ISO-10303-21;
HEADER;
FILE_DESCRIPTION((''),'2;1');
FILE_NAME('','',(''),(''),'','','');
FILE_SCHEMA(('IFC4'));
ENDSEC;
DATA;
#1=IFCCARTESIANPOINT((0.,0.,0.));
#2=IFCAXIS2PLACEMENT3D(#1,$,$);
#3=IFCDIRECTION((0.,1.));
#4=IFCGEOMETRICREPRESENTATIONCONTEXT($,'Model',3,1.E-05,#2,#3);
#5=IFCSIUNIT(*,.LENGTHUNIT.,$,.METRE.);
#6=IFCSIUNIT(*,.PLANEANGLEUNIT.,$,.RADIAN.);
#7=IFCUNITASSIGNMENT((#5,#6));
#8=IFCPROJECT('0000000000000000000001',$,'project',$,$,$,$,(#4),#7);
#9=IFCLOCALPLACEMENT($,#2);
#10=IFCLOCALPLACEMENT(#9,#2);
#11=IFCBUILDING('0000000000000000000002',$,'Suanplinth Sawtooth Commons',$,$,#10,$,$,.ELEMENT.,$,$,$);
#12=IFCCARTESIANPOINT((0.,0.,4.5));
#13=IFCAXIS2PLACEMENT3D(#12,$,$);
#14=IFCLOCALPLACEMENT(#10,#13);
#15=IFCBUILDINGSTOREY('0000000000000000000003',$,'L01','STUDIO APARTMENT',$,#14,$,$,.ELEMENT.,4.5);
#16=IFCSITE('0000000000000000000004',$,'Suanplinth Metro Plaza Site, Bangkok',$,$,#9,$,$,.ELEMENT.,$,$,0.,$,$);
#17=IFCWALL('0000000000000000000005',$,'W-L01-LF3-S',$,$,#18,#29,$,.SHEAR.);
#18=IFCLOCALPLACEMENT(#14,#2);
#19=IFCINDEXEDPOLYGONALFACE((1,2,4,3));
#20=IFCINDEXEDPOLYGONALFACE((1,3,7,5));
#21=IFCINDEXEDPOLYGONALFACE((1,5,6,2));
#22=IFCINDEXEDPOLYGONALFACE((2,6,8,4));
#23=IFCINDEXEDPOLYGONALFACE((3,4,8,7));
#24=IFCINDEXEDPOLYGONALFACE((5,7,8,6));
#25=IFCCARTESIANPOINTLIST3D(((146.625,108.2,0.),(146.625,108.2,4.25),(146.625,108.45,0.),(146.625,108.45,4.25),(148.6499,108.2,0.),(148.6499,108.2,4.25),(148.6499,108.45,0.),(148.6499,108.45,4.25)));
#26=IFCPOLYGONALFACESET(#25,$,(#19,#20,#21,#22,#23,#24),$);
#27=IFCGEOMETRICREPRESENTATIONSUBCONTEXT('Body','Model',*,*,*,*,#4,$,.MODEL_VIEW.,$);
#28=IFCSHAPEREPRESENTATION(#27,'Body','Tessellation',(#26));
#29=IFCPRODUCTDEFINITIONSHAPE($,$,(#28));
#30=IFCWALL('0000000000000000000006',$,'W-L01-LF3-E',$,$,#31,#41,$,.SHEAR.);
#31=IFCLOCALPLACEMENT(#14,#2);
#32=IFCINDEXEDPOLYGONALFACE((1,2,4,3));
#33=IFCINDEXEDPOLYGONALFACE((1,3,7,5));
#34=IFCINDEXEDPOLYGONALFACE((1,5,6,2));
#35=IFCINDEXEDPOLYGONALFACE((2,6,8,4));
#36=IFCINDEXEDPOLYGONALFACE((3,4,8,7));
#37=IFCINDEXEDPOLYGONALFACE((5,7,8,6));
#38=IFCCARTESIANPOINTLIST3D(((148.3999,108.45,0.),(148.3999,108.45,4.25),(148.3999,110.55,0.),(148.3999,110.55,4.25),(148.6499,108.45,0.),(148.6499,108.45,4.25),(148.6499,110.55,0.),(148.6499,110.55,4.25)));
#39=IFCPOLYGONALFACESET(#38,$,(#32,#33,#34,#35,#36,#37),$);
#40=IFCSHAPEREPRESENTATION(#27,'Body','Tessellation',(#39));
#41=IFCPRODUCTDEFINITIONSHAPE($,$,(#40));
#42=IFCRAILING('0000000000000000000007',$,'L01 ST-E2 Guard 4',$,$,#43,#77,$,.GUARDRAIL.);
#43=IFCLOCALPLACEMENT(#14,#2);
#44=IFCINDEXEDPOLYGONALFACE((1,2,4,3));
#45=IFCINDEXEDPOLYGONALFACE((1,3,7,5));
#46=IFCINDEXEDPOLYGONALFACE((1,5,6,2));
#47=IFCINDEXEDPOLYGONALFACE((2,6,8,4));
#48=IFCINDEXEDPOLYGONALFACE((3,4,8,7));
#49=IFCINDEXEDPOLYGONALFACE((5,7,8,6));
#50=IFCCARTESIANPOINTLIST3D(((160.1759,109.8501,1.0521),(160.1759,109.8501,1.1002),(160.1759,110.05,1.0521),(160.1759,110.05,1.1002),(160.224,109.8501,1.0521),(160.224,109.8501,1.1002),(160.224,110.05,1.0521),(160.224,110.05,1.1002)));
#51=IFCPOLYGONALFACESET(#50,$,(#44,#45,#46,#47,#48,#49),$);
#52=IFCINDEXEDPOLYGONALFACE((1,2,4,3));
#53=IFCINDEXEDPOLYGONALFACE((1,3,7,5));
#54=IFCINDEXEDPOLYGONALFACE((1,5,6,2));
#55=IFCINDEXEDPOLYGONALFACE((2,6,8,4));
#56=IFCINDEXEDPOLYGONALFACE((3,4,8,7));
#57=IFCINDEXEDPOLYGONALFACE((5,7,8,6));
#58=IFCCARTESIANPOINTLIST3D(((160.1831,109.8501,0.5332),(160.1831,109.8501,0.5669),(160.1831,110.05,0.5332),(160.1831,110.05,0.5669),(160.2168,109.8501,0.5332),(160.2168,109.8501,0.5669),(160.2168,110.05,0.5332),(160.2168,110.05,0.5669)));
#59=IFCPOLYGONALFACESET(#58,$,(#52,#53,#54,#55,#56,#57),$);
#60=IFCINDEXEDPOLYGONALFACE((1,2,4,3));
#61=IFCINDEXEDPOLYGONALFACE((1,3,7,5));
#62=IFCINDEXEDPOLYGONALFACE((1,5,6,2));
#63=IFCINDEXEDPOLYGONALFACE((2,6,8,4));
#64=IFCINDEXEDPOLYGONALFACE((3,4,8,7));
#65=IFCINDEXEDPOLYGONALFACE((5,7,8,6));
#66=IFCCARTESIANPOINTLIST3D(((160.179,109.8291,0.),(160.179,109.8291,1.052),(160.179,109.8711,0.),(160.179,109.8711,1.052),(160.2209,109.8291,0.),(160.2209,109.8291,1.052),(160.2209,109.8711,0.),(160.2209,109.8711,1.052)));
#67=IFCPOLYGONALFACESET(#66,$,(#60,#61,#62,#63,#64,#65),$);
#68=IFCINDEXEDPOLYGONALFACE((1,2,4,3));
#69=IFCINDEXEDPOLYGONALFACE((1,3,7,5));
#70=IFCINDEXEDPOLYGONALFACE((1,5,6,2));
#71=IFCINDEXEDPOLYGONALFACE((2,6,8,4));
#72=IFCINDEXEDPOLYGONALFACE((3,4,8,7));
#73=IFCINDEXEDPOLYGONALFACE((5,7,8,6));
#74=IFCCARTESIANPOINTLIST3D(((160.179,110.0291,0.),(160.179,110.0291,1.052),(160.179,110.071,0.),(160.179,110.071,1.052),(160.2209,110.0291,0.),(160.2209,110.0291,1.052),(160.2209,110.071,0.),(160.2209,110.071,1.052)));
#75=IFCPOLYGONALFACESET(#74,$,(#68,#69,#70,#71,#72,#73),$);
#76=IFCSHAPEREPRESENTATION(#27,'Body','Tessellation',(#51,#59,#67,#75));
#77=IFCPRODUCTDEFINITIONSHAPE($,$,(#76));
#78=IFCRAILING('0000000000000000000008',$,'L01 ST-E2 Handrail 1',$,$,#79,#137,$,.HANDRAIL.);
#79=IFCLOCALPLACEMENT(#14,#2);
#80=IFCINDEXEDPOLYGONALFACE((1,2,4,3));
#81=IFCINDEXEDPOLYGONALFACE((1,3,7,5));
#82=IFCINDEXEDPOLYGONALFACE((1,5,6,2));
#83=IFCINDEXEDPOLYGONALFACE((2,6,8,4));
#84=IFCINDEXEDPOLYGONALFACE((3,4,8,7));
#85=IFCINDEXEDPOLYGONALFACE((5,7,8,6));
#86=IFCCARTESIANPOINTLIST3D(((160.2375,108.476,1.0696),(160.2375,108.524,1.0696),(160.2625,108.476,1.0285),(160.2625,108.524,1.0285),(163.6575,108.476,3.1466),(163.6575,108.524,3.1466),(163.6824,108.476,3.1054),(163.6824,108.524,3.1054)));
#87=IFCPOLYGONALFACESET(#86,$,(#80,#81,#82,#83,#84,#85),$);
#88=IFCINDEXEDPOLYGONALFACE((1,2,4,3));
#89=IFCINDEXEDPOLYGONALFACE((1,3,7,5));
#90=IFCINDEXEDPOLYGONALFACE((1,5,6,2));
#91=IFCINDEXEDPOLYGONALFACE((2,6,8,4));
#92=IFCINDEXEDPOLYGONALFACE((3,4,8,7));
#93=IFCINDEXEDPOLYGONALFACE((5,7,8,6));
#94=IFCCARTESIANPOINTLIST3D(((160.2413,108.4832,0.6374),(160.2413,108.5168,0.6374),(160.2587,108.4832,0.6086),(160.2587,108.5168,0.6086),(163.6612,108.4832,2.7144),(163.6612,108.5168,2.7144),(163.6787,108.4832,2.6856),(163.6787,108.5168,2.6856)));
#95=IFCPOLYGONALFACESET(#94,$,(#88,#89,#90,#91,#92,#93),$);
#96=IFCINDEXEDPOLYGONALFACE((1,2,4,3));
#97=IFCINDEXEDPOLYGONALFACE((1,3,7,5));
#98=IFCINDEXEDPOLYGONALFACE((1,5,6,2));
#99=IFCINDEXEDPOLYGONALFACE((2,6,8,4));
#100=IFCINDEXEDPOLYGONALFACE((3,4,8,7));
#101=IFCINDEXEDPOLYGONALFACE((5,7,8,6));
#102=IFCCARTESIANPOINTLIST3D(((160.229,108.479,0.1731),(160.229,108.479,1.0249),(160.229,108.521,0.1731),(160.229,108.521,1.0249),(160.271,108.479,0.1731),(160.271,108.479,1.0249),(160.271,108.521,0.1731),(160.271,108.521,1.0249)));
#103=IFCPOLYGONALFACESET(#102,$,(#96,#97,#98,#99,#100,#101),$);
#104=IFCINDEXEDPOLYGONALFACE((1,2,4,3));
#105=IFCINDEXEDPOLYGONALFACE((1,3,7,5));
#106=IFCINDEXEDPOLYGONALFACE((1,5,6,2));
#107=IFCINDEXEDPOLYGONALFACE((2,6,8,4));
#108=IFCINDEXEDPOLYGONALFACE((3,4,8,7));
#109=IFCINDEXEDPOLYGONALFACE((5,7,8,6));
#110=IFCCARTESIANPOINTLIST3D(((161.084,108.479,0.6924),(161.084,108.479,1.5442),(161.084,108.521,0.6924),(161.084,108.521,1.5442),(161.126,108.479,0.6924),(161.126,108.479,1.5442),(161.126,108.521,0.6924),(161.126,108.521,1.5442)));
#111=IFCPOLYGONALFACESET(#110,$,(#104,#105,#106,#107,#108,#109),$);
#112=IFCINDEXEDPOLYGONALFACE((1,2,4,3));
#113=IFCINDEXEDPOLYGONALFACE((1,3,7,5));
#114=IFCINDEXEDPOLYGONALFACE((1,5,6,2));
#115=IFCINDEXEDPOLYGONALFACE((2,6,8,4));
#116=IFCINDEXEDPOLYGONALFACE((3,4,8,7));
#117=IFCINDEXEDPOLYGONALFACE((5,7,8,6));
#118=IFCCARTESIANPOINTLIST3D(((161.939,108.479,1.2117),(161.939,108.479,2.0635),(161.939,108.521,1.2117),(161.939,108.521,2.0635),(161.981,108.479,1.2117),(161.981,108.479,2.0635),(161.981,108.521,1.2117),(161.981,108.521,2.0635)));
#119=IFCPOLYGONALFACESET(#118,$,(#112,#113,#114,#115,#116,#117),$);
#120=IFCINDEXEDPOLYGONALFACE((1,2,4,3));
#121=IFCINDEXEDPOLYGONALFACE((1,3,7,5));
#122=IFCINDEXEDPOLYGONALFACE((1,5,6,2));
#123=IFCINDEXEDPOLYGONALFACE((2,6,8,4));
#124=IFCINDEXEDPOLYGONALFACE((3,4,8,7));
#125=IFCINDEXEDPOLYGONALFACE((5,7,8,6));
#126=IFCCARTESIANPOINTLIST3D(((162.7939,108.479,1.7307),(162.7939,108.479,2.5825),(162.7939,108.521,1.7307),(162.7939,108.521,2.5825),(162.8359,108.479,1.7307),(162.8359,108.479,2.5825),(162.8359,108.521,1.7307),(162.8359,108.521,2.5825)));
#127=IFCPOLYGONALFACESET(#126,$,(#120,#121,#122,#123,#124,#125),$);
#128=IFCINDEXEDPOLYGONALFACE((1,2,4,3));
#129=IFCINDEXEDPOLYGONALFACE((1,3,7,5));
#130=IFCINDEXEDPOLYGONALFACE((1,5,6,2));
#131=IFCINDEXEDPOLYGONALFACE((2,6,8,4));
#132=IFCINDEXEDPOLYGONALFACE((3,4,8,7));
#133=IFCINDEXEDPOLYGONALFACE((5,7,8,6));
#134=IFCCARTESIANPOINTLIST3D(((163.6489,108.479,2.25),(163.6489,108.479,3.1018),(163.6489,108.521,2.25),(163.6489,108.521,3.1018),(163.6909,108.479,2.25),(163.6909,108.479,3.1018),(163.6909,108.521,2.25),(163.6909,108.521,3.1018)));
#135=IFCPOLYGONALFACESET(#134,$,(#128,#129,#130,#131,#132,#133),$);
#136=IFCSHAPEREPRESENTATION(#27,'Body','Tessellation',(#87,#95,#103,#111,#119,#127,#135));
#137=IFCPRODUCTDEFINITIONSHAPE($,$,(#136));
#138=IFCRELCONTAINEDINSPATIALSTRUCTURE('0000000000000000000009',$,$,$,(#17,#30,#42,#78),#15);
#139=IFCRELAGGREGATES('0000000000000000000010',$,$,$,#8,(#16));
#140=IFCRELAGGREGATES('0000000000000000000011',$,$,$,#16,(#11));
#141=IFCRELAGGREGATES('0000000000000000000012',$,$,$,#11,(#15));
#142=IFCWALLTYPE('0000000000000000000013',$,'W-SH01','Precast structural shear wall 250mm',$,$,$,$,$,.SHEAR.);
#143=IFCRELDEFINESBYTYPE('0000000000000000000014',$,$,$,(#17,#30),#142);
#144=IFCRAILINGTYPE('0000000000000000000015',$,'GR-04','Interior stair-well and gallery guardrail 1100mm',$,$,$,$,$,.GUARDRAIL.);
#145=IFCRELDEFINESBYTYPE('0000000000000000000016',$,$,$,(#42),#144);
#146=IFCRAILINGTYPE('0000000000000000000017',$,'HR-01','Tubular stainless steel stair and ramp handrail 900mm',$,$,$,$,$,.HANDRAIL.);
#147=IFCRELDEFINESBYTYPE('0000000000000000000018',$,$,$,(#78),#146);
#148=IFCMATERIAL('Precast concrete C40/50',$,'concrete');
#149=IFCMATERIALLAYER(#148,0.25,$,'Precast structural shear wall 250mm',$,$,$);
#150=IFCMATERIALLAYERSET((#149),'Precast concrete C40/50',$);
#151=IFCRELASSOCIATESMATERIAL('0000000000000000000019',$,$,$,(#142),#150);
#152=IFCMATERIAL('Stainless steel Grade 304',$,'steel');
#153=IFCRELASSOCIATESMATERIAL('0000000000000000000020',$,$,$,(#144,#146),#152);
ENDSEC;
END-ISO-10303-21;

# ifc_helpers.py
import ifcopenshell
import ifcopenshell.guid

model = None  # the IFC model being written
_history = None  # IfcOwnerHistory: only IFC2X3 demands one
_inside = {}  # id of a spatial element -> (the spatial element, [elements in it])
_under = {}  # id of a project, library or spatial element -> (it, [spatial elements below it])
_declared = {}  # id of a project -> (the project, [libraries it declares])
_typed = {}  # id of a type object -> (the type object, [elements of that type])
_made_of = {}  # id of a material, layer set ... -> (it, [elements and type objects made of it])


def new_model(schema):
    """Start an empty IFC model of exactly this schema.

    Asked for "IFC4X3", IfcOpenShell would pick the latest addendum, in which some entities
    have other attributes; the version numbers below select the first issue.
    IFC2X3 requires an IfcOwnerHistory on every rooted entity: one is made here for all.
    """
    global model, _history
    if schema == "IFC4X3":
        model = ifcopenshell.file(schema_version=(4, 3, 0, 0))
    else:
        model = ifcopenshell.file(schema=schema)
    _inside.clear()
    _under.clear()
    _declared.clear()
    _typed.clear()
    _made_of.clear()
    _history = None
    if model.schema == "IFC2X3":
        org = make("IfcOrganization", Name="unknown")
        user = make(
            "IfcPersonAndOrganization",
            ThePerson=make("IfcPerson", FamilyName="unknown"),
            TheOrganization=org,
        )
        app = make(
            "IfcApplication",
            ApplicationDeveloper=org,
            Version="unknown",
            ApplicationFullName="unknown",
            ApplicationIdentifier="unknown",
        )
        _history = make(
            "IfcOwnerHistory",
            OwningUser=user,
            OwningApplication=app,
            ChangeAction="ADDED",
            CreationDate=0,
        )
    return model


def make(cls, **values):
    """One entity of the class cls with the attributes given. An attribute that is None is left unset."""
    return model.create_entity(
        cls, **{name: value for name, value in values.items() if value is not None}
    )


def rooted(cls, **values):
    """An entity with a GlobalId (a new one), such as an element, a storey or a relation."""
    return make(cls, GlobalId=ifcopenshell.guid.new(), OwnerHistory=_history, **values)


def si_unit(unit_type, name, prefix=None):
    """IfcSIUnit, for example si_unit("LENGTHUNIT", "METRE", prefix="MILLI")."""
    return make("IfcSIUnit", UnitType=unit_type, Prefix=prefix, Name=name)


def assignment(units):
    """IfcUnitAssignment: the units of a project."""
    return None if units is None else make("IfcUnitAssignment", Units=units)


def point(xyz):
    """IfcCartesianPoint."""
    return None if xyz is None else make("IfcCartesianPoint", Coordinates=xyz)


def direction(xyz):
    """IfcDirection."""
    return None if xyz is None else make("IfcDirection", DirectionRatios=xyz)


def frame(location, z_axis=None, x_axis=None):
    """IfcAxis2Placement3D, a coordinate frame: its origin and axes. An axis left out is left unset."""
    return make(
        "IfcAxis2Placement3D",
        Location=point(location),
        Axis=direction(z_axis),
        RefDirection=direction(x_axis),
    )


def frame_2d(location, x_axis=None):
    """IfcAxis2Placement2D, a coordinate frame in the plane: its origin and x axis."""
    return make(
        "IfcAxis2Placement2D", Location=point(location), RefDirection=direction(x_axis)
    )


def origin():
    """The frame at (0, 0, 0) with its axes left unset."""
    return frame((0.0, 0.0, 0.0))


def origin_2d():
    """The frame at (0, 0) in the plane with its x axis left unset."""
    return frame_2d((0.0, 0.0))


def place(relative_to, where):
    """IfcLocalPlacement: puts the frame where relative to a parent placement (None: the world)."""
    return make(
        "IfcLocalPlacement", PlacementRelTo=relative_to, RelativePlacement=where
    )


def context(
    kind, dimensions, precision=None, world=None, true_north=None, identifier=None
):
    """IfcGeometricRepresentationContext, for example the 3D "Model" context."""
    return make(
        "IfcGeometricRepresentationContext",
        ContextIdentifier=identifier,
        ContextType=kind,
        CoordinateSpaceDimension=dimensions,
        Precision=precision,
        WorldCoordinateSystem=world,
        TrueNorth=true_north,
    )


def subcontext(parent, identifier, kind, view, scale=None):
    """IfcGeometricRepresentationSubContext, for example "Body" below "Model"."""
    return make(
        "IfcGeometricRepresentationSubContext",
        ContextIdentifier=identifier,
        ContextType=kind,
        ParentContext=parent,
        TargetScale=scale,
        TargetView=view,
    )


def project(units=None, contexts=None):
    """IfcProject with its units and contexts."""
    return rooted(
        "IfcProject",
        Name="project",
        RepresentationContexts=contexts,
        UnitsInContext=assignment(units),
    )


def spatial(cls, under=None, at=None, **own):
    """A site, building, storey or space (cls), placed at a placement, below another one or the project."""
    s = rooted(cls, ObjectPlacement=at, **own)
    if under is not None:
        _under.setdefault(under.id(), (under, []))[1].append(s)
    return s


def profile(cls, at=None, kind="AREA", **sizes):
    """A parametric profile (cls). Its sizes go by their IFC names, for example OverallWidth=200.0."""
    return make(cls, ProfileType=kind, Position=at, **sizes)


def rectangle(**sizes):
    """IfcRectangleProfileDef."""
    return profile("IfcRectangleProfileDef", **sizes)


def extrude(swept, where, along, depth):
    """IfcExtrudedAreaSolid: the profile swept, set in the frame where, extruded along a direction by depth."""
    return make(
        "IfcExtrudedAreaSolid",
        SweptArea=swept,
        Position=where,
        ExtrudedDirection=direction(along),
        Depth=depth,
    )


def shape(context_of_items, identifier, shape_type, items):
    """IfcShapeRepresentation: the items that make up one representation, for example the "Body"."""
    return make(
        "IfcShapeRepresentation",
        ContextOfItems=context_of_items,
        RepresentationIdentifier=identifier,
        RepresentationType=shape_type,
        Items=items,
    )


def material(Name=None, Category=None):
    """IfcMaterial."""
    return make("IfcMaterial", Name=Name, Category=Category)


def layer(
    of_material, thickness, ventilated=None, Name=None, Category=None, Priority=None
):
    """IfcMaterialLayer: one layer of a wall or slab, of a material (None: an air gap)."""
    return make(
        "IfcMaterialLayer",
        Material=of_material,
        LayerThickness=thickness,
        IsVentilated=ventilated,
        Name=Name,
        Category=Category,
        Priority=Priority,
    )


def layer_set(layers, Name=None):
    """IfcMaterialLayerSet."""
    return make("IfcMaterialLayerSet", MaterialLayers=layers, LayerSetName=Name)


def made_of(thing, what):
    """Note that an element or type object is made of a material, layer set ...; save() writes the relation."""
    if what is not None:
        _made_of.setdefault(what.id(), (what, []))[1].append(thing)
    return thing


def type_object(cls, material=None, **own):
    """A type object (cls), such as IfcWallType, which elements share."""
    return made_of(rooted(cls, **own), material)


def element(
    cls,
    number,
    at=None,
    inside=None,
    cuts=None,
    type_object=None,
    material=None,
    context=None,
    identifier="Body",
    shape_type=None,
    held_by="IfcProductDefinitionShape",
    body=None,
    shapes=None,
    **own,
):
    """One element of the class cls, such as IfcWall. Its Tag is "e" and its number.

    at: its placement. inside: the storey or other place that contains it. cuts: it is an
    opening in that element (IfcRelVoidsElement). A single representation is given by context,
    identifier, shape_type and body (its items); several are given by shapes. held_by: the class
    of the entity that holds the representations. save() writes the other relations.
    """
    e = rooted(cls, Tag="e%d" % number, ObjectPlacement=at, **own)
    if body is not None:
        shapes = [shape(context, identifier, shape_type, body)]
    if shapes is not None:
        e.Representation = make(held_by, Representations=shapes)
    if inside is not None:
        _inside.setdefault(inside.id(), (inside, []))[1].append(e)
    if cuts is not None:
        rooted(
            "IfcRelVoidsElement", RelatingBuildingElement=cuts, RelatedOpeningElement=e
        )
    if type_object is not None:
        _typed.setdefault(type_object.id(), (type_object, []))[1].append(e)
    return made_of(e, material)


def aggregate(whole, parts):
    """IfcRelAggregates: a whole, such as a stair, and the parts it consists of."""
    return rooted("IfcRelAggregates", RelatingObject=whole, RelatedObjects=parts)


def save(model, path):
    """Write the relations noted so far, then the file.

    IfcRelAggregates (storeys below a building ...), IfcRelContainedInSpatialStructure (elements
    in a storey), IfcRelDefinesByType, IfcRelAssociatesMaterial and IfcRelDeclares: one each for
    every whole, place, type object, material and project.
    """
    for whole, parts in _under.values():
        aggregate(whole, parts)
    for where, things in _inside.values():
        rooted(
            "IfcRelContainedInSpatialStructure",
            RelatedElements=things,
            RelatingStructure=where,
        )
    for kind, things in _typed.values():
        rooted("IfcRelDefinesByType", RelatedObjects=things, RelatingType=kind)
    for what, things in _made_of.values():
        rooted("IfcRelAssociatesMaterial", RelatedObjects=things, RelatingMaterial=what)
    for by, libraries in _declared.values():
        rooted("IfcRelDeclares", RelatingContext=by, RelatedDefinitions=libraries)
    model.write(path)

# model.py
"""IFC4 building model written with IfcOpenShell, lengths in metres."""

from ifc_helpers import new_model, si_unit, direction, frame, frame_2d, origin, origin_2d, place, context, subcontext, project, spatial, rectangle, extrude, material, layer, layer_set, type_object, element, save


model = new_model("IFC4")

# Units and contexts
model_context = context("Model", 3, precision=1e-05, world=origin(), true_north=direction((0.0, 1.0)))
body_context = subcontext(model_context, "Body", "Model", "MODEL_VIEW")
ifc_project = project(units=[si_unit("LENGTHUNIT", "METRE"), si_unit("PLANEANGLEUNIT", "RADIAN")], contexts=[model_context])

# Site, building, storey
site_placement = place(None, origin())
site = spatial("IfcSite", under=ifc_project, at=site_placement, Name="Suanplinth Metro Plaza Site, Bangkok", CompositionType="ELEMENT", RefElevation=0.0)
building_placement = place(site_placement, origin())
building = spatial("IfcBuilding", under=site, at=building_placement, Name="Suanplinth Sawtooth Commons", CompositionType="ELEMENT")
storey_placement = place(building_placement, frame((0.0, 0.0, 4.5)))
storey = spatial("IfcBuildingStorey", under=building, at=storey_placement, Name="L01", Description="STUDIO APARTMENT", CompositionType="ELEMENT", Elevation=4.5)

# Shared definitions
ifc_material_1 = material(Name="Precast concrete C40/50", Category="concrete")

# Wall
ifc_layer_1 = layer(ifc_material_1, 0.25, Name="Precast structural shear wall 250mm")
ifc_layer_set_1 = layer_set([ifc_layer_1], Name="Precast concrete C40/50")
wall_type_1 = type_object("IfcWallType", Name="W-SH01", Description="Precast structural shear wall 250mm", PredefinedType="SHEAR", material=ifc_layer_set_1)
wall_1_placement = place(storey_placement, frame((146.625, 108.325, 0.0), z_axis=(0.0, 0.0, 1.0), x_axis=(1.0, 0.0, 0.0)))
element("IfcWall", 1, at=wall_1_placement, inside=storey, type_object=wall_type_1, Name="W-L01-LF3-S", PredefinedType="SHEAR", context=body_context, shape_type="SweptSolid", body=[
    extrude(rectangle(XDim=2.0249, YDim=0.25, at=frame_2d((1.0125, 0.0))), origin(), (0.0, 0.0, 1.0), 4.25),
])

# Shared definitions
ifc_material_2 = material(Name="Stainless steel Grade 304", Category="steel")

# Wall
wall_2_placement = place(storey_placement, frame((148.5249, 108.45, 0.0), z_axis=(0.0, 0.0, 1.0), x_axis=(0.0, 1.0, 0.0)))
element("IfcWall", 2, at=wall_2_placement, inside=storey, type_object=wall_type_1, Name="W-L01-LF3-E", PredefinedType="SHEAR", context=body_context, shape_type="SweptSolid", body=[
    extrude(rectangle(XDim=2.1001, YDim=0.25, at=frame_2d((1.05, 0.0))), origin(), (0.0, 0.0, 1.0), 4.25),
])

# Railings
railing_type_1 = type_object("IfcRailingType", Name="GR-04", Description="Interior stair-well and gallery guardrail 1100mm", PredefinedType="GUARDRAIL", material=ifc_material_2)
railing_1_placement = place(storey_placement, frame((160.2, 109.8501, 0.0)))
element("IfcRailing", 3, at=railing_1_placement, inside=storey, type_object=railing_type_1, Name="L01 ST-E2 Guard 4", PredefinedType="GUARDRAIL", context=body_context, shape_type="SweptSolid", body=[
    extrude(rectangle(XDim=0.0481, YDim=0.0481, at=origin_2d()), frame((0.0, 0.0, 1.0762), z_axis=(0.0, 1.0, 0.0), x_axis=(-1.0, 0.0, 0.0)), (0.0, 0.0, 1.0), 0.2),
    extrude(rectangle(XDim=0.0337, YDim=0.0337, at=origin_2d()), frame((0.0, 0.0, 0.55), z_axis=(0.0, 1.0, 0.0), x_axis=(-1.0, 0.0, 0.0)), (0.0, 0.0, 1.0), 0.2),
    extrude(rectangle(XDim=0.042, YDim=0.042, at=origin_2d()), origin(), (0.0, 0.0, 1.0), 1.052),
    extrude(rectangle(XDim=0.042, YDim=0.042, at=origin_2d()), frame((0.0, 0.2, 0.0)), (0.0, 0.0, 1.0), 1.052),
])
railing_type_2 = type_object("IfcRailingType", Name="HR-01", Description="Tubular stainless steel stair and ramp handrail 900mm", PredefinedType="HANDRAIL", material=ifc_material_2)
railing_2_placement = place(storey_placement, frame((160.25, 108.5, 0.1731)))
element("IfcRailing", 4, at=railing_2_placement, inside=storey, type_object=railing_type_2, Name="L01 ST-E2 Handrail 1", PredefinedType="HANDRAIL", context=body_context, shape_type="SweptSolid", body=[
    extrude(rectangle(XDim=0.0481, YDim=0.0481, at=origin_2d()), frame((0.0, 0.0, 0.876), z_axis=(0.85473, 0.0, 0.519074), x_axis=(0.0, 1.0, 0.0)), (0.0, 0.0, 1.0), 4.0012),
    extrude(rectangle(XDim=0.0337, YDim=0.0337, at=origin_2d()), frame((0.0, 0.0, 0.45), z_axis=(0.85473, 0.0, 0.519074), x_axis=(0.0, 1.0, 0.0)), (0.0, 0.0, 1.0), 4.0012),
    extrude(rectangle(XDim=0.042, YDim=0.042, at=origin_2d()), origin(), (0.0, 0.0, 1.0), 0.8518),
    extrude(rectangle(XDim=0.042, YDim=0.042, at=origin_2d()), frame((0.855, 0.0, 0.5193)), (0.0, 0.0, 1.0), 0.8518),
    extrude(rectangle(XDim=0.042, YDim=0.042, at=origin_2d()), frame((1.71, 0.0, 1.0386)), (0.0, 0.0, 1.0), 0.8518),
    extrude(rectangle(XDim=0.042, YDim=0.042, at=origin_2d()), frame((2.5649, 0.0, 1.5576)), (0.0, 0.0, 1.0), 0.8518),
    extrude(rectangle(XDim=0.042, YDim=0.042, at=origin_2d()), frame((3.4199, 0.0, 2.0769)), (0.0, 0.0, 1.0), 0.8518),
])

save(model, "model.ifc")
